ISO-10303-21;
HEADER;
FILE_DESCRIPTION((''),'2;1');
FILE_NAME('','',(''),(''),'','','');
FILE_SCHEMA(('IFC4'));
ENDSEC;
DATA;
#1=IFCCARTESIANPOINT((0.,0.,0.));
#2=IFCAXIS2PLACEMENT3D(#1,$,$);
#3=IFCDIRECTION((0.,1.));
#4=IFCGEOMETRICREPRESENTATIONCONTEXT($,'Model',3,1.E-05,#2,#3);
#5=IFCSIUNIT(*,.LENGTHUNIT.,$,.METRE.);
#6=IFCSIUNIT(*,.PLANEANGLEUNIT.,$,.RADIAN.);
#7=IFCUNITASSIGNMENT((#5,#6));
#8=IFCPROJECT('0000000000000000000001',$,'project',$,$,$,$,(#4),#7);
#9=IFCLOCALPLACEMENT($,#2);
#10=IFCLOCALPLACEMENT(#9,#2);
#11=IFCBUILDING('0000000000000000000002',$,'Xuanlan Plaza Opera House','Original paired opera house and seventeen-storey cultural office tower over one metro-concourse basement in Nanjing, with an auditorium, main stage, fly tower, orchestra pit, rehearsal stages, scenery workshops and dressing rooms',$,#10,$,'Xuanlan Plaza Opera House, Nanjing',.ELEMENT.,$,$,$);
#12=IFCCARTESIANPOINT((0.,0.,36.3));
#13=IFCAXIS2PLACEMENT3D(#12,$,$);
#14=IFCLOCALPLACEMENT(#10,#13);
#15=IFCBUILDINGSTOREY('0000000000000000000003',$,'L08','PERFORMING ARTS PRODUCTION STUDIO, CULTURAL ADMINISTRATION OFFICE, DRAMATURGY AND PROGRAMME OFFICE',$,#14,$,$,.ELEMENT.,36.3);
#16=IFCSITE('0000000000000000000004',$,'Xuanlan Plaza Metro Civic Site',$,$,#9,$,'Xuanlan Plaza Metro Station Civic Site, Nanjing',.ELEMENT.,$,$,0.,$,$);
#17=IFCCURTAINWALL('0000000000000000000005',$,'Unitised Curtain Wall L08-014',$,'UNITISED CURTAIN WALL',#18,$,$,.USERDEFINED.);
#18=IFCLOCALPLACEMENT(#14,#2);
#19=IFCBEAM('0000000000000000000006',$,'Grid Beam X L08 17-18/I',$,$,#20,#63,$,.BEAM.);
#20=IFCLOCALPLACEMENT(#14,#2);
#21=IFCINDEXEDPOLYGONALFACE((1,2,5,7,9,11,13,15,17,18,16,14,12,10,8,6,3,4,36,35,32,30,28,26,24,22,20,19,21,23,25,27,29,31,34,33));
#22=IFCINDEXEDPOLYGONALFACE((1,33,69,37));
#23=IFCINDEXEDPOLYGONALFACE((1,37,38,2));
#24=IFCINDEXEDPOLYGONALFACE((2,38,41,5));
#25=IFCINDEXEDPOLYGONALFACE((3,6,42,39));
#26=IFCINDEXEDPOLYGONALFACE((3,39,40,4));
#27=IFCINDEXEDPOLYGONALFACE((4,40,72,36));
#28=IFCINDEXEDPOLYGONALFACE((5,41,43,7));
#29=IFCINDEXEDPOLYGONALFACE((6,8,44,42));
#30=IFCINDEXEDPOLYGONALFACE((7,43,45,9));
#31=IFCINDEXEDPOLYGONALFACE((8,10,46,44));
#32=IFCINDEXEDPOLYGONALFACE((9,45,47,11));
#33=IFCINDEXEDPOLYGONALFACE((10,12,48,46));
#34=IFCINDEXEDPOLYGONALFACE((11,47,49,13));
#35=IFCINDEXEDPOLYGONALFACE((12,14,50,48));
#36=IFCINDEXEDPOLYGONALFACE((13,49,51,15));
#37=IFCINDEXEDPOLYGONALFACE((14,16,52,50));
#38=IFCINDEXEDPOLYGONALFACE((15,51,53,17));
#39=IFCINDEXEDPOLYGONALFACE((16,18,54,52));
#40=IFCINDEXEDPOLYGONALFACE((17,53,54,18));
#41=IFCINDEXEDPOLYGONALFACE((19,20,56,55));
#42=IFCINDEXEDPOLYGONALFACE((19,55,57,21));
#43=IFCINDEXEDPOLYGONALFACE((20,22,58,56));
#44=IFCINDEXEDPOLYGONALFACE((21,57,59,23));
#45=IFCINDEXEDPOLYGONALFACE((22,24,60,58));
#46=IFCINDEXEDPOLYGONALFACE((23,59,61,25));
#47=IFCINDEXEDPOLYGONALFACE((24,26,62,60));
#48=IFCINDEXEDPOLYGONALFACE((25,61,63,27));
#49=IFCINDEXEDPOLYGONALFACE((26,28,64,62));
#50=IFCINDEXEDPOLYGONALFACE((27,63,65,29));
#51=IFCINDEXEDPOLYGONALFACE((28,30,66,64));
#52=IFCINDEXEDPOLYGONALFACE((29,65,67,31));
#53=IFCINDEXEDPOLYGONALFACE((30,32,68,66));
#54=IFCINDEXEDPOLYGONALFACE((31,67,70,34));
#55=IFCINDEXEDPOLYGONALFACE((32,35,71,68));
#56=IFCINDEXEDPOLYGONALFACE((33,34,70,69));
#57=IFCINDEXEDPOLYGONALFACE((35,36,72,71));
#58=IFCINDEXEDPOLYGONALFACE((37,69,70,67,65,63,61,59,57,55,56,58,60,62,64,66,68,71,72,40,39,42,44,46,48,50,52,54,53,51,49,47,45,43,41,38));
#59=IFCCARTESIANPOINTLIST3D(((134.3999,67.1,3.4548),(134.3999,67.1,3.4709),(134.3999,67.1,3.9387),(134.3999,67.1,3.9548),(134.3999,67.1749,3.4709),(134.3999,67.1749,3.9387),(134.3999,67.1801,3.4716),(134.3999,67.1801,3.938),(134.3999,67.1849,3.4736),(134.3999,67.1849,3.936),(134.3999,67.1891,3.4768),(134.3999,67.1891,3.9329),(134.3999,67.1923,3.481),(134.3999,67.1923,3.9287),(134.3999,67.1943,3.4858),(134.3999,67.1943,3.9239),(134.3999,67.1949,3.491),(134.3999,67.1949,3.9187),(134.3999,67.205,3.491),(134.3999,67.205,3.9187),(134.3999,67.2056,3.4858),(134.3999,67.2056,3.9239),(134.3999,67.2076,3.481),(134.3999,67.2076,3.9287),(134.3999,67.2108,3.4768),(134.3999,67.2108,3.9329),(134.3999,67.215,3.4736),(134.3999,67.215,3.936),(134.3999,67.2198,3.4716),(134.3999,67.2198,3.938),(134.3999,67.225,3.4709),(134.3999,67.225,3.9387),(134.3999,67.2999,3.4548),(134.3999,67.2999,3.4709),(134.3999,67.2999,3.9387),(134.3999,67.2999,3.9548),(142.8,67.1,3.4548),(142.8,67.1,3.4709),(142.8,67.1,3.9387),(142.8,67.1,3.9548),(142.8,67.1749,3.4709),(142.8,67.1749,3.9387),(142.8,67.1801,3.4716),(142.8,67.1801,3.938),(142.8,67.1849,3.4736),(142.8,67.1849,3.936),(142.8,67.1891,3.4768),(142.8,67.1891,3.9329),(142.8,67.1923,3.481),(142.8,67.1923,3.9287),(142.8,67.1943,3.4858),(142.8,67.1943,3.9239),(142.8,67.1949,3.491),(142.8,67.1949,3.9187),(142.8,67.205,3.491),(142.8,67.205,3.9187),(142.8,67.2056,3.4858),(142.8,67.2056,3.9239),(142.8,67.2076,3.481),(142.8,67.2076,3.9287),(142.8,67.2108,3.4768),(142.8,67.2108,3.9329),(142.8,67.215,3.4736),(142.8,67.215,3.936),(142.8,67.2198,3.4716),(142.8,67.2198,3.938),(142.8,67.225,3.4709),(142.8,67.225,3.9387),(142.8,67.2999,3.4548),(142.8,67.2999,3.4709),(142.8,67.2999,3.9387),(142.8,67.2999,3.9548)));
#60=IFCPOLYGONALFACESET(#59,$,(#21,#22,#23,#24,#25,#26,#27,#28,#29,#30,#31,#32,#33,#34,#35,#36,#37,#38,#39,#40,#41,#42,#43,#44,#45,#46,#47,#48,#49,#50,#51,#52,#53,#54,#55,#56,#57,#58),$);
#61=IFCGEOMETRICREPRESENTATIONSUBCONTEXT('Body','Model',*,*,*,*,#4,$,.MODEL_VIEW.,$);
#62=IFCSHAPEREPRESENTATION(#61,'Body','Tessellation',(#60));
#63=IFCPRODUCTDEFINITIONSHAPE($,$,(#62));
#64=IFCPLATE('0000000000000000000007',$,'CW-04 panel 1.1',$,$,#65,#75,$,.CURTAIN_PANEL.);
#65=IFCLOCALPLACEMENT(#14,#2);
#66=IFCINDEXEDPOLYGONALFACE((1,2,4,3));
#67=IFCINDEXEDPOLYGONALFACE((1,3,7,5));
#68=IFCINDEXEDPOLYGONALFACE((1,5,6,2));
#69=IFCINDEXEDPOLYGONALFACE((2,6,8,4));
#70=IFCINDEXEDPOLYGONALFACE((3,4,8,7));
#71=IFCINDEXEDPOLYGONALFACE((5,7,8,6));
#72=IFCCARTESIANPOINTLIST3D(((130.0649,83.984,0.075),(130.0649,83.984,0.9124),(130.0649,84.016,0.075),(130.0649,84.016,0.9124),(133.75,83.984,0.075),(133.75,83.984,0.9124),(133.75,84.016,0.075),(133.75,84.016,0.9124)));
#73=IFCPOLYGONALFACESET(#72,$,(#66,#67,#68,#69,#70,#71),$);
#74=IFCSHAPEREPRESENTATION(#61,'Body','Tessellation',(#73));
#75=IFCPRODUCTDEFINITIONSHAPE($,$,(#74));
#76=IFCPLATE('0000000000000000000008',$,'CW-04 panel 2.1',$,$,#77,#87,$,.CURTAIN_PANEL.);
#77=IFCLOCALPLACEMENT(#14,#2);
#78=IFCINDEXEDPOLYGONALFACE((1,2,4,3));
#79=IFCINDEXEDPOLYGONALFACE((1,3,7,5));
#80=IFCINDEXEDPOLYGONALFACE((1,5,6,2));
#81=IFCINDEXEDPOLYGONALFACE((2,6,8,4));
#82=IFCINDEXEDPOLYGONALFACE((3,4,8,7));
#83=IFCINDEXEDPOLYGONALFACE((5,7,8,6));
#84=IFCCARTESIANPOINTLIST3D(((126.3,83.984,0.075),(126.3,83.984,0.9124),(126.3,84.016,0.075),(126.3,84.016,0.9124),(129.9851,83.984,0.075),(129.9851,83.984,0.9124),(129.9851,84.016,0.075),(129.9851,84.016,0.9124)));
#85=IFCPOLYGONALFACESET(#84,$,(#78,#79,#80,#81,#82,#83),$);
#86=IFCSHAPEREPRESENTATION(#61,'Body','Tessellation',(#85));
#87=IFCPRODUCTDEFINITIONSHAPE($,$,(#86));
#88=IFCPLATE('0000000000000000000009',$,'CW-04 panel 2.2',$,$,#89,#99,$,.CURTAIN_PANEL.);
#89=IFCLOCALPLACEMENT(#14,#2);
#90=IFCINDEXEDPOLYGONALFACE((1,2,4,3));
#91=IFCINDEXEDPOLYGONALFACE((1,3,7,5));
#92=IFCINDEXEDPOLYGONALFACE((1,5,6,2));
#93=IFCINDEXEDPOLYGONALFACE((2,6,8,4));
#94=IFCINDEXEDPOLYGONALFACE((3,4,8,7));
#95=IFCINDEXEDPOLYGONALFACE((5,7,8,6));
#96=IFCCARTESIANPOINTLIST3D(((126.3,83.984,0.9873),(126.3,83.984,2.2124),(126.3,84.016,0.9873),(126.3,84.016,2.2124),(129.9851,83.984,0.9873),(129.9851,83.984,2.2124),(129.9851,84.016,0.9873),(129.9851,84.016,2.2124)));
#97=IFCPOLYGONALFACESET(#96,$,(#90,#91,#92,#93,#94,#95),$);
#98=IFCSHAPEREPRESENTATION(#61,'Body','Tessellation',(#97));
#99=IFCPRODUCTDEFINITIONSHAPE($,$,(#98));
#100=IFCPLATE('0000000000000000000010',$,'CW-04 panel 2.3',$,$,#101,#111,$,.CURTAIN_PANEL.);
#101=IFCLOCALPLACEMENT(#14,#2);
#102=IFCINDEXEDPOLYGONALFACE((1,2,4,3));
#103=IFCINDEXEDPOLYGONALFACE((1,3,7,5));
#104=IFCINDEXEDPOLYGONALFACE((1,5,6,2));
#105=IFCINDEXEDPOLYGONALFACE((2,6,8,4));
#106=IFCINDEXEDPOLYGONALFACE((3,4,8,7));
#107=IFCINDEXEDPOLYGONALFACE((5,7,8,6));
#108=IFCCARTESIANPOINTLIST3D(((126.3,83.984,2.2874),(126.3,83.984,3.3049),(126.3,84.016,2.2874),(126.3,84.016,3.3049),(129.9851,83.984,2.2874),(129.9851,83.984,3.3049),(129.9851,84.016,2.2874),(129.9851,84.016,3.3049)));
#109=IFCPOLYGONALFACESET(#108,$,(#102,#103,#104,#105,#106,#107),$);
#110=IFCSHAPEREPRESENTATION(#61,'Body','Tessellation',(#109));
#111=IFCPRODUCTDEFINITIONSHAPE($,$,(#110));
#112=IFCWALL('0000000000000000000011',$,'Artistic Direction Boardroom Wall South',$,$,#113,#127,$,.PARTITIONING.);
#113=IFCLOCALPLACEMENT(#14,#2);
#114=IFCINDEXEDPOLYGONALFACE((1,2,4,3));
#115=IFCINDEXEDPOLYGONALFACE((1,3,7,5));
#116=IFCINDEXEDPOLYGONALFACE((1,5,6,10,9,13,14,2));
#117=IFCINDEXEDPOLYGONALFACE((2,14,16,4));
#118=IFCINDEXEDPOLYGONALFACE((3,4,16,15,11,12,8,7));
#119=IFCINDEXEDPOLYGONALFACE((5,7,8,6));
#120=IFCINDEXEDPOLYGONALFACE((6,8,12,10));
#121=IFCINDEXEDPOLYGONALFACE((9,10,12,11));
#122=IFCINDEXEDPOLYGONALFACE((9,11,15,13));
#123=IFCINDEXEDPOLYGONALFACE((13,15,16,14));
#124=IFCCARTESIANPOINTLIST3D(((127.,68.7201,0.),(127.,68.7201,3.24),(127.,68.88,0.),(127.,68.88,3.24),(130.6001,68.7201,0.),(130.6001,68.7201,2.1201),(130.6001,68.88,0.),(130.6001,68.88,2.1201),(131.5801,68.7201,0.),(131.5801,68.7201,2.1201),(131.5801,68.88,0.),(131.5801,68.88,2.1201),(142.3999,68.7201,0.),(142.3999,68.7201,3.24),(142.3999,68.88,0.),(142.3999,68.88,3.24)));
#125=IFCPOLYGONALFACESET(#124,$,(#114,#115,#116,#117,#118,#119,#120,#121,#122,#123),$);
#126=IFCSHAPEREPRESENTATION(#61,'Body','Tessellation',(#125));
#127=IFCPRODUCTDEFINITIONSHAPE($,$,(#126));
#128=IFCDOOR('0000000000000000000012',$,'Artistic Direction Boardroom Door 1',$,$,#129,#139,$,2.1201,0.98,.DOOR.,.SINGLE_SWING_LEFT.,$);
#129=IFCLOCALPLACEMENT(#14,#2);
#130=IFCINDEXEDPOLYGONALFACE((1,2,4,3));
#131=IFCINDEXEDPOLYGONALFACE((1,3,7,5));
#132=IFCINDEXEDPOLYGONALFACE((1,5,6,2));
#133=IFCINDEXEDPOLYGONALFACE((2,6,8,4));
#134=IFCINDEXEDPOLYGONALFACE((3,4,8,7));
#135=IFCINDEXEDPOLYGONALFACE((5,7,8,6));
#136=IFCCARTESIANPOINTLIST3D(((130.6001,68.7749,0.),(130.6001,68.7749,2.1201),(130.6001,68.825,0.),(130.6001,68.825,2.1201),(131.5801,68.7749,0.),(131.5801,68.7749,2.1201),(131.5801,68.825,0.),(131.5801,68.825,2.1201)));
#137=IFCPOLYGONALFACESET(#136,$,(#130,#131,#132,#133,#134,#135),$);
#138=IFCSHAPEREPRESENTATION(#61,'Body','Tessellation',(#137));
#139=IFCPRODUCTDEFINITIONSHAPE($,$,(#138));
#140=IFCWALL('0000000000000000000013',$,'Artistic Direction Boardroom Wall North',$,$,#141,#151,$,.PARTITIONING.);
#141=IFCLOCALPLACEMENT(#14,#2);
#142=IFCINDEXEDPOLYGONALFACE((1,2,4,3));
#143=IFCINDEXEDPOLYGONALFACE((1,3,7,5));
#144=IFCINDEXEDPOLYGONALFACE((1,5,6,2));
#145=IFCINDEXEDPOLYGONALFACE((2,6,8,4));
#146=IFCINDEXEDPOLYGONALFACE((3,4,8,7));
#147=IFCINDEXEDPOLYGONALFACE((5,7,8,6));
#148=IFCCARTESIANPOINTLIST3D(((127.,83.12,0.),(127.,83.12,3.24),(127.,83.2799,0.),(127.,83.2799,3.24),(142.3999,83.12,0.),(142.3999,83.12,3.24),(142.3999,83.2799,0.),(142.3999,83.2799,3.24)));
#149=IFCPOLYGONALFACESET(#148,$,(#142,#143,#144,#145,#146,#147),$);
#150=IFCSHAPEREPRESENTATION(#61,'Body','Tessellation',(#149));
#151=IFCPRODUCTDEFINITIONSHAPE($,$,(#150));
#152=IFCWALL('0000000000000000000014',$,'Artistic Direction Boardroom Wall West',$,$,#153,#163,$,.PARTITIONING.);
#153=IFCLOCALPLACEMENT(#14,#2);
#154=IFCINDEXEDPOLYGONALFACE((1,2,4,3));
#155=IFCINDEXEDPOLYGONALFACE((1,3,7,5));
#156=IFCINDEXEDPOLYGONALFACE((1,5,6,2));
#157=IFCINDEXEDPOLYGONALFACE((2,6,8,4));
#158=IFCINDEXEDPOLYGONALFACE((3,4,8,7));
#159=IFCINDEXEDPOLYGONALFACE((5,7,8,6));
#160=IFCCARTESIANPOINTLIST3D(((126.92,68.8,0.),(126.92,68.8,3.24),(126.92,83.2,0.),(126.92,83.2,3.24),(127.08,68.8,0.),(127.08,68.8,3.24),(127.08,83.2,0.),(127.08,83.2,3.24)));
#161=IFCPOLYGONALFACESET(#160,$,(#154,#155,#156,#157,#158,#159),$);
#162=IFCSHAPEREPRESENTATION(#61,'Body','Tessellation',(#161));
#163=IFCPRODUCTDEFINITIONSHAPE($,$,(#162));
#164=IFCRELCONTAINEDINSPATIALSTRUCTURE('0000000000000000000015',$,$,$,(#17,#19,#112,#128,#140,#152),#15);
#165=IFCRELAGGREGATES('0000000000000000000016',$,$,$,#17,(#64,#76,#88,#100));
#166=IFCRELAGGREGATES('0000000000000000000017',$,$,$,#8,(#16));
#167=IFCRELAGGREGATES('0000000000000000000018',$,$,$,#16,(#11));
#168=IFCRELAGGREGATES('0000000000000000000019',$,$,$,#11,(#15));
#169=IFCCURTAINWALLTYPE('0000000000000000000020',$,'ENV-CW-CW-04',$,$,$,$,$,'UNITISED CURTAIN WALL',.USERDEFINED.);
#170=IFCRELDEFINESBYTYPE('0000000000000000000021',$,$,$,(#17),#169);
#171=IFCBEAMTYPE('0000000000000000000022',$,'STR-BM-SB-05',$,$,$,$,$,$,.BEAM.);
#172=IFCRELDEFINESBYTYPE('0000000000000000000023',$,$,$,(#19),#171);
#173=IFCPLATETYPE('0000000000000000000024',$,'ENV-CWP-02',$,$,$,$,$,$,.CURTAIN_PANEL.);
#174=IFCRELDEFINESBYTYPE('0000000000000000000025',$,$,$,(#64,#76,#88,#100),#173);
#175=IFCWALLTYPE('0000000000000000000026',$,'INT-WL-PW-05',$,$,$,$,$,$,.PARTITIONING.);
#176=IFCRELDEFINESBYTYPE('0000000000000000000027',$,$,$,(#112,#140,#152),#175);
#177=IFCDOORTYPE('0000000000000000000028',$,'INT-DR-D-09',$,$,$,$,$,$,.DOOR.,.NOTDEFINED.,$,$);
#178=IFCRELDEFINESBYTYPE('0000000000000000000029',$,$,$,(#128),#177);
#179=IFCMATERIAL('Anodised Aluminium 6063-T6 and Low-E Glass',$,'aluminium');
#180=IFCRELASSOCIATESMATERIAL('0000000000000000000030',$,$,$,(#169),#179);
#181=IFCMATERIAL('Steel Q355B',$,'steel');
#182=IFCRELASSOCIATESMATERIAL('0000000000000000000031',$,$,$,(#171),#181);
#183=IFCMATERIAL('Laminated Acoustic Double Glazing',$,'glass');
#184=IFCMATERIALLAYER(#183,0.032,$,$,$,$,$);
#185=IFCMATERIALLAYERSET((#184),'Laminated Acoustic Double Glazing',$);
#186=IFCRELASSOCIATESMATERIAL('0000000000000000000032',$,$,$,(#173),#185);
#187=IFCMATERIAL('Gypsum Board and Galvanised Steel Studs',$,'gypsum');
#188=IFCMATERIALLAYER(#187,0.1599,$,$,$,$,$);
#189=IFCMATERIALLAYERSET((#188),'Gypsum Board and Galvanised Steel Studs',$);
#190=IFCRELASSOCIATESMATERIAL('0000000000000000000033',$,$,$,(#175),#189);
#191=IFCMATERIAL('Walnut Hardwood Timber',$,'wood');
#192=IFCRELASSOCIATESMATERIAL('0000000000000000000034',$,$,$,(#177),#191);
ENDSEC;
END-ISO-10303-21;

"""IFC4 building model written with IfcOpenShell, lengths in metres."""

from ifc_helpers import new_model, si_unit, direction, frame, frame_2d, origin, origin_2d, place, context, subcontext, project, spatial, rectangle, i_section, extrude, material, layer, layer_set, material_profile, profile_set, type_object, element, fill, aggregate, save


model = new_model("IFC4")

# Units and contexts
model_context = context("Model", 3, precision=1e-05, world=origin(), true_north=direction((0.0, 1.0)))
body_context = subcontext(model_context, "Body", "Model", "MODEL_VIEW")
ifc_project = project(units=[si_unit("LENGTHUNIT", "METRE"), si_unit("PLANEANGLEUNIT", "RADIAN")], contexts=[model_context])

# Site, building, storey
site_placement = place(None, origin())
site = spatial("IfcSite", under=ifc_project, at=site_placement, Name="Xuanlan Plaza Metro Civic Site", LongName="Xuanlan Plaza Metro Station Civic Site, Nanjing", CompositionType="ELEMENT", RefElevation=0.0)
building_placement = place(site_placement, origin())
building = spatial("IfcBuilding", under=site, at=building_placement, Name="Xuanlan Plaza Opera House", Description="Original paired opera house and seventeen-storey cultural office tower over one metro-concourse basement in Nanjing, with an auditorium, main stage, fly tower, orchestra pit, rehearsal stages, scenery workshops and dressing rooms", LongName="Xuanlan Plaza Opera House, Nanjing", CompositionType="ELEMENT")
storey_placement = place(building_placement, frame((0.0, 0.0, 36.3)))
storey = spatial("IfcBuildingStorey", under=building, at=storey_placement, Name="L08", Description="PERFORMING ARTS PRODUCTION STUDIO, CULTURAL ADMINISTRATION OFFICE, DRAMATURGY AND PROGRAMME OFFICE", CompositionType="ELEMENT", Elevation=36.3)

# Shared definitions
ifc_material_1 = material(Name="Steel Q355B", Category="steel")

# Curtain wall
ifc_material_2 = material(Name="Anodised Aluminium 6063-T6 and Low-E Glass", Category="aluminium")
curtain_wall_type = type_object("IfcCurtainWallType", Name="ENV-CW-CW-04", ElementType="UNITISED CURTAIN WALL", PredefinedType="USERDEFINED", material=ifc_material_2)
curtain_wall_placement = place(storey_placement, origin())
curtain_wall = element("IfcCurtainWall", 1, at=curtain_wall_placement, inside=storey, type_object=curtain_wall_type, Name="Unitised Curtain Wall L08-014", ObjectType="UNITISED CURTAIN WALL", PredefinedType="USERDEFINED")

# Beam
ifc_material_profile_1 = material_profile(ifc_material_1, i_section(OverallWidth=0.2, OverallDepth=0.5, WebThickness=0.01, FlangeThickness=0.0161, FilletRadius=0.02, at=origin_2d()), Name="HN 500x200x10x16")
ifc_profile_set_1 = profile_set([ifc_material_profile_1], Name="Steel Q355B")
beam_type_1 = type_object("IfcBeamType", Name="STR-BM-SB-05", PredefinedType="BEAM", material=ifc_profile_set_1)
beam_1_placement = place(storey_placement, frame((134.3999, 67.2, 3.7048), z_axis=(1.0, 0.0, 0.0), x_axis=(0.0, 1.0, 0.0)))
element("IfcBeam", 2, at=beam_1_placement, inside=storey, type_object=beam_type_1, Name="Grid Beam X L08 17-18/I", PredefinedType="BEAM", context=body_context, shape_type="SweptSolid", body=[
    extrude(i_section(OverallWidth=0.2, OverallDepth=0.5, WebThickness=0.01, FlangeThickness=0.0161, FilletRadius=0.02, at=origin_2d()), origin(), (0.0, 0.0, 1.0), 8.4001),
])

# Plates
ifc_material_3 = material(Name="Laminated Acoustic Double Glazing", Category="glass")
ifc_layer_1 = layer(ifc_material_3, 0.032)
ifc_layer_set_1 = layer_set([ifc_layer_1], Name="Laminated Acoustic Double Glazing")
plate_type = type_object("IfcPlateType", Name="ENV-CWP-02", PredefinedType="CURTAIN_PANEL", material=ifc_layer_set_1)
plate_1_placement = place(storey_placement, frame((131.9075, 84.0, 0.075), z_axis=(0.0, 0.0, 1.0), x_axis=(-1.0, 0.0, 0.0)))
plate_1 = element("IfcPlate", 3, at=plate_1_placement, type_object=plate_type, Name="CW-04 panel 1.1", PredefinedType="CURTAIN_PANEL", context=body_context, shape_type="SweptSolid", body=[
    extrude(rectangle(XDim=3.6851, YDim=0.032, at=origin_2d()), origin(), (0.0, 0.0, 1.0), 0.8374),
])
plate_2_placement = place(storey_placement, frame((128.1426, 84.0, 0.075), z_axis=(0.0, 0.0, 1.0), x_axis=(-1.0, 0.0, 0.0)))
plate_2 = element("IfcPlate", 4, at=plate_2_placement, type_object=plate_type, Name="CW-04 panel 2.1", PredefinedType="CURTAIN_PANEL", context=body_context, shape_type="SweptSolid", body=[
    extrude(rectangle(XDim=3.6851, YDim=0.032, at=origin_2d()), origin(), (0.0, 0.0, 1.0), 0.8374),
])
plate_3_placement = place(storey_placement, frame((128.1426, 84.0, 0.9873), z_axis=(0.0, 0.0, 1.0), x_axis=(-1.0, 0.0, 0.0)))
plate_3 = element("IfcPlate", 5, at=plate_3_placement, type_object=plate_type, Name="CW-04 panel 2.2", PredefinedType="CURTAIN_PANEL", context=body_context, shape_type="SweptSolid", body=[
    extrude(rectangle(XDim=3.6851, YDim=0.032, at=origin_2d()), origin(), (0.0, 0.0, 1.0), 1.2251),
])
plate_4_placement = place(storey_placement, frame((128.1426, 84.0, 2.2874), z_axis=(0.0, 0.0, 1.0), x_axis=(-1.0, 0.0, 0.0)))
plate_4 = element("IfcPlate", 6, at=plate_4_placement, type_object=plate_type, Name="CW-04 panel 2.3", PredefinedType="CURTAIN_PANEL", context=body_context, shape_type="SweptSolid", body=[
    extrude(rectangle(XDim=3.6851, YDim=0.032, at=origin_2d()), origin(), (0.0, 0.0, 1.0), 1.0176),
])
aggregate(curtain_wall, [plate_1, plate_2, plate_3, plate_4])

# Wall, opening, door
ifc_material_4 = material(Name="Gypsum Board and Galvanised Steel Studs", Category="gypsum")
ifc_layer_2 = layer(ifc_material_4, 0.1599)
ifc_layer_set_2 = layer_set([ifc_layer_2], Name="Gypsum Board and Galvanised Steel Studs")
wall_type_1 = type_object("IfcWallType", Name="INT-WL-PW-05", PredefinedType="PARTITIONING", material=ifc_layer_set_2)
wall_1_placement = place(storey_placement, frame((127.0, 68.8, 0.0), z_axis=(0.0, 0.0, 1.0), x_axis=(1.0, 0.0, 0.0)))
wall_1 = element("IfcWall", 7, at=wall_1_placement, inside=storey, type_object=wall_type_1, Name="Artistic Direction Boardroom Wall South", PredefinedType="PARTITIONING", context=body_context, shape_type="SweptSolid", body=[
    extrude(rectangle(XDim=15.3999, YDim=0.1599, at=frame_2d((7.7, 0.0))), origin(), (0.0, 0.0, 1.0), 3.24),
])
opening_1_placement = place(wall_1_placement, frame((3.6001, 0.0, 0.0)))
opening_1 = element("IfcOpeningElement", 8, at=opening_1_placement, cuts=wall_1, PredefinedType="OPENING", context=body_context, shape_type="SweptSolid", body=[
    extrude(rectangle(XDim=0.98, YDim=2.1201, at=frame_2d((0.49, 1.0601))), frame((0.0, 0.0898, 0.0), z_axis=(0.0, -1.0, 0.0), x_axis=(1.0, 0.0, 0.0)), (0.0, 0.0, 1.0), 0.1799),
])
ifc_material_5 = material(Name="Walnut Hardwood Timber", Category="wood")
door_type_1 = type_object("IfcDoorType", Name="INT-DR-D-09", OperationType="NOTDEFINED", PredefinedType="DOOR", material=ifc_material_5)
door_1_placement = place(opening_1_placement, origin())
door_1 = element("IfcDoor", 9, at=door_1_placement, inside=storey, type_object=door_type_1, Name="Artistic Direction Boardroom Door 1", OperationType="SINGLE_SWING_LEFT", OverallHeight=2.1201, OverallWidth=0.98, PredefinedType="DOOR", context=body_context, shape_type="SweptSolid", body=[
    extrude(rectangle(XDim=0.98, YDim=2.1201, at=frame_2d((0.49, 1.0601))), frame((0.0, 0.0249, 0.0), z_axis=(0.0, -1.0, 0.0), x_axis=(1.0, 0.0, 0.0)), (0.0, 0.0, 1.0), 0.05),
])
fill(opening_1, door_1)

# Walls
wall_2_placement = place(storey_placement, frame((127.0, 83.2, 0.0), z_axis=(0.0, 0.0, 1.0), x_axis=(1.0, 0.0, 0.0)))
element("IfcWall", 10, at=wall_2_placement, inside=storey, type_object=wall_type_1, Name="Artistic Direction Boardroom Wall North", PredefinedType="PARTITIONING", context=body_context, shape_type="SweptSolid", body=[
    extrude(rectangle(XDim=15.3999, YDim=0.1599, at=frame_2d((7.7, 0.0))), origin(), (0.0, 0.0, 1.0), 3.24),
])
wall_3_placement = place(storey_placement, frame((127.0, 68.8, 0.0), z_axis=(0.0, 0.0, 1.0), x_axis=(0.0, 1.0, 0.0)))
element("IfcWall", 11, at=wall_3_placement, inside=storey, type_object=wall_type_1, Name="Artistic Direction Boardroom Wall West", PredefinedType="PARTITIONING", context=body_context, shape_type="SweptSolid", body=[
    extrude(rectangle(XDim=14.3999, YDim=0.1599, at=frame_2d((7.2, 0.0))), origin(), (0.0, 0.0, 1.0), 3.24),
])

save(model, "model.ifc")
